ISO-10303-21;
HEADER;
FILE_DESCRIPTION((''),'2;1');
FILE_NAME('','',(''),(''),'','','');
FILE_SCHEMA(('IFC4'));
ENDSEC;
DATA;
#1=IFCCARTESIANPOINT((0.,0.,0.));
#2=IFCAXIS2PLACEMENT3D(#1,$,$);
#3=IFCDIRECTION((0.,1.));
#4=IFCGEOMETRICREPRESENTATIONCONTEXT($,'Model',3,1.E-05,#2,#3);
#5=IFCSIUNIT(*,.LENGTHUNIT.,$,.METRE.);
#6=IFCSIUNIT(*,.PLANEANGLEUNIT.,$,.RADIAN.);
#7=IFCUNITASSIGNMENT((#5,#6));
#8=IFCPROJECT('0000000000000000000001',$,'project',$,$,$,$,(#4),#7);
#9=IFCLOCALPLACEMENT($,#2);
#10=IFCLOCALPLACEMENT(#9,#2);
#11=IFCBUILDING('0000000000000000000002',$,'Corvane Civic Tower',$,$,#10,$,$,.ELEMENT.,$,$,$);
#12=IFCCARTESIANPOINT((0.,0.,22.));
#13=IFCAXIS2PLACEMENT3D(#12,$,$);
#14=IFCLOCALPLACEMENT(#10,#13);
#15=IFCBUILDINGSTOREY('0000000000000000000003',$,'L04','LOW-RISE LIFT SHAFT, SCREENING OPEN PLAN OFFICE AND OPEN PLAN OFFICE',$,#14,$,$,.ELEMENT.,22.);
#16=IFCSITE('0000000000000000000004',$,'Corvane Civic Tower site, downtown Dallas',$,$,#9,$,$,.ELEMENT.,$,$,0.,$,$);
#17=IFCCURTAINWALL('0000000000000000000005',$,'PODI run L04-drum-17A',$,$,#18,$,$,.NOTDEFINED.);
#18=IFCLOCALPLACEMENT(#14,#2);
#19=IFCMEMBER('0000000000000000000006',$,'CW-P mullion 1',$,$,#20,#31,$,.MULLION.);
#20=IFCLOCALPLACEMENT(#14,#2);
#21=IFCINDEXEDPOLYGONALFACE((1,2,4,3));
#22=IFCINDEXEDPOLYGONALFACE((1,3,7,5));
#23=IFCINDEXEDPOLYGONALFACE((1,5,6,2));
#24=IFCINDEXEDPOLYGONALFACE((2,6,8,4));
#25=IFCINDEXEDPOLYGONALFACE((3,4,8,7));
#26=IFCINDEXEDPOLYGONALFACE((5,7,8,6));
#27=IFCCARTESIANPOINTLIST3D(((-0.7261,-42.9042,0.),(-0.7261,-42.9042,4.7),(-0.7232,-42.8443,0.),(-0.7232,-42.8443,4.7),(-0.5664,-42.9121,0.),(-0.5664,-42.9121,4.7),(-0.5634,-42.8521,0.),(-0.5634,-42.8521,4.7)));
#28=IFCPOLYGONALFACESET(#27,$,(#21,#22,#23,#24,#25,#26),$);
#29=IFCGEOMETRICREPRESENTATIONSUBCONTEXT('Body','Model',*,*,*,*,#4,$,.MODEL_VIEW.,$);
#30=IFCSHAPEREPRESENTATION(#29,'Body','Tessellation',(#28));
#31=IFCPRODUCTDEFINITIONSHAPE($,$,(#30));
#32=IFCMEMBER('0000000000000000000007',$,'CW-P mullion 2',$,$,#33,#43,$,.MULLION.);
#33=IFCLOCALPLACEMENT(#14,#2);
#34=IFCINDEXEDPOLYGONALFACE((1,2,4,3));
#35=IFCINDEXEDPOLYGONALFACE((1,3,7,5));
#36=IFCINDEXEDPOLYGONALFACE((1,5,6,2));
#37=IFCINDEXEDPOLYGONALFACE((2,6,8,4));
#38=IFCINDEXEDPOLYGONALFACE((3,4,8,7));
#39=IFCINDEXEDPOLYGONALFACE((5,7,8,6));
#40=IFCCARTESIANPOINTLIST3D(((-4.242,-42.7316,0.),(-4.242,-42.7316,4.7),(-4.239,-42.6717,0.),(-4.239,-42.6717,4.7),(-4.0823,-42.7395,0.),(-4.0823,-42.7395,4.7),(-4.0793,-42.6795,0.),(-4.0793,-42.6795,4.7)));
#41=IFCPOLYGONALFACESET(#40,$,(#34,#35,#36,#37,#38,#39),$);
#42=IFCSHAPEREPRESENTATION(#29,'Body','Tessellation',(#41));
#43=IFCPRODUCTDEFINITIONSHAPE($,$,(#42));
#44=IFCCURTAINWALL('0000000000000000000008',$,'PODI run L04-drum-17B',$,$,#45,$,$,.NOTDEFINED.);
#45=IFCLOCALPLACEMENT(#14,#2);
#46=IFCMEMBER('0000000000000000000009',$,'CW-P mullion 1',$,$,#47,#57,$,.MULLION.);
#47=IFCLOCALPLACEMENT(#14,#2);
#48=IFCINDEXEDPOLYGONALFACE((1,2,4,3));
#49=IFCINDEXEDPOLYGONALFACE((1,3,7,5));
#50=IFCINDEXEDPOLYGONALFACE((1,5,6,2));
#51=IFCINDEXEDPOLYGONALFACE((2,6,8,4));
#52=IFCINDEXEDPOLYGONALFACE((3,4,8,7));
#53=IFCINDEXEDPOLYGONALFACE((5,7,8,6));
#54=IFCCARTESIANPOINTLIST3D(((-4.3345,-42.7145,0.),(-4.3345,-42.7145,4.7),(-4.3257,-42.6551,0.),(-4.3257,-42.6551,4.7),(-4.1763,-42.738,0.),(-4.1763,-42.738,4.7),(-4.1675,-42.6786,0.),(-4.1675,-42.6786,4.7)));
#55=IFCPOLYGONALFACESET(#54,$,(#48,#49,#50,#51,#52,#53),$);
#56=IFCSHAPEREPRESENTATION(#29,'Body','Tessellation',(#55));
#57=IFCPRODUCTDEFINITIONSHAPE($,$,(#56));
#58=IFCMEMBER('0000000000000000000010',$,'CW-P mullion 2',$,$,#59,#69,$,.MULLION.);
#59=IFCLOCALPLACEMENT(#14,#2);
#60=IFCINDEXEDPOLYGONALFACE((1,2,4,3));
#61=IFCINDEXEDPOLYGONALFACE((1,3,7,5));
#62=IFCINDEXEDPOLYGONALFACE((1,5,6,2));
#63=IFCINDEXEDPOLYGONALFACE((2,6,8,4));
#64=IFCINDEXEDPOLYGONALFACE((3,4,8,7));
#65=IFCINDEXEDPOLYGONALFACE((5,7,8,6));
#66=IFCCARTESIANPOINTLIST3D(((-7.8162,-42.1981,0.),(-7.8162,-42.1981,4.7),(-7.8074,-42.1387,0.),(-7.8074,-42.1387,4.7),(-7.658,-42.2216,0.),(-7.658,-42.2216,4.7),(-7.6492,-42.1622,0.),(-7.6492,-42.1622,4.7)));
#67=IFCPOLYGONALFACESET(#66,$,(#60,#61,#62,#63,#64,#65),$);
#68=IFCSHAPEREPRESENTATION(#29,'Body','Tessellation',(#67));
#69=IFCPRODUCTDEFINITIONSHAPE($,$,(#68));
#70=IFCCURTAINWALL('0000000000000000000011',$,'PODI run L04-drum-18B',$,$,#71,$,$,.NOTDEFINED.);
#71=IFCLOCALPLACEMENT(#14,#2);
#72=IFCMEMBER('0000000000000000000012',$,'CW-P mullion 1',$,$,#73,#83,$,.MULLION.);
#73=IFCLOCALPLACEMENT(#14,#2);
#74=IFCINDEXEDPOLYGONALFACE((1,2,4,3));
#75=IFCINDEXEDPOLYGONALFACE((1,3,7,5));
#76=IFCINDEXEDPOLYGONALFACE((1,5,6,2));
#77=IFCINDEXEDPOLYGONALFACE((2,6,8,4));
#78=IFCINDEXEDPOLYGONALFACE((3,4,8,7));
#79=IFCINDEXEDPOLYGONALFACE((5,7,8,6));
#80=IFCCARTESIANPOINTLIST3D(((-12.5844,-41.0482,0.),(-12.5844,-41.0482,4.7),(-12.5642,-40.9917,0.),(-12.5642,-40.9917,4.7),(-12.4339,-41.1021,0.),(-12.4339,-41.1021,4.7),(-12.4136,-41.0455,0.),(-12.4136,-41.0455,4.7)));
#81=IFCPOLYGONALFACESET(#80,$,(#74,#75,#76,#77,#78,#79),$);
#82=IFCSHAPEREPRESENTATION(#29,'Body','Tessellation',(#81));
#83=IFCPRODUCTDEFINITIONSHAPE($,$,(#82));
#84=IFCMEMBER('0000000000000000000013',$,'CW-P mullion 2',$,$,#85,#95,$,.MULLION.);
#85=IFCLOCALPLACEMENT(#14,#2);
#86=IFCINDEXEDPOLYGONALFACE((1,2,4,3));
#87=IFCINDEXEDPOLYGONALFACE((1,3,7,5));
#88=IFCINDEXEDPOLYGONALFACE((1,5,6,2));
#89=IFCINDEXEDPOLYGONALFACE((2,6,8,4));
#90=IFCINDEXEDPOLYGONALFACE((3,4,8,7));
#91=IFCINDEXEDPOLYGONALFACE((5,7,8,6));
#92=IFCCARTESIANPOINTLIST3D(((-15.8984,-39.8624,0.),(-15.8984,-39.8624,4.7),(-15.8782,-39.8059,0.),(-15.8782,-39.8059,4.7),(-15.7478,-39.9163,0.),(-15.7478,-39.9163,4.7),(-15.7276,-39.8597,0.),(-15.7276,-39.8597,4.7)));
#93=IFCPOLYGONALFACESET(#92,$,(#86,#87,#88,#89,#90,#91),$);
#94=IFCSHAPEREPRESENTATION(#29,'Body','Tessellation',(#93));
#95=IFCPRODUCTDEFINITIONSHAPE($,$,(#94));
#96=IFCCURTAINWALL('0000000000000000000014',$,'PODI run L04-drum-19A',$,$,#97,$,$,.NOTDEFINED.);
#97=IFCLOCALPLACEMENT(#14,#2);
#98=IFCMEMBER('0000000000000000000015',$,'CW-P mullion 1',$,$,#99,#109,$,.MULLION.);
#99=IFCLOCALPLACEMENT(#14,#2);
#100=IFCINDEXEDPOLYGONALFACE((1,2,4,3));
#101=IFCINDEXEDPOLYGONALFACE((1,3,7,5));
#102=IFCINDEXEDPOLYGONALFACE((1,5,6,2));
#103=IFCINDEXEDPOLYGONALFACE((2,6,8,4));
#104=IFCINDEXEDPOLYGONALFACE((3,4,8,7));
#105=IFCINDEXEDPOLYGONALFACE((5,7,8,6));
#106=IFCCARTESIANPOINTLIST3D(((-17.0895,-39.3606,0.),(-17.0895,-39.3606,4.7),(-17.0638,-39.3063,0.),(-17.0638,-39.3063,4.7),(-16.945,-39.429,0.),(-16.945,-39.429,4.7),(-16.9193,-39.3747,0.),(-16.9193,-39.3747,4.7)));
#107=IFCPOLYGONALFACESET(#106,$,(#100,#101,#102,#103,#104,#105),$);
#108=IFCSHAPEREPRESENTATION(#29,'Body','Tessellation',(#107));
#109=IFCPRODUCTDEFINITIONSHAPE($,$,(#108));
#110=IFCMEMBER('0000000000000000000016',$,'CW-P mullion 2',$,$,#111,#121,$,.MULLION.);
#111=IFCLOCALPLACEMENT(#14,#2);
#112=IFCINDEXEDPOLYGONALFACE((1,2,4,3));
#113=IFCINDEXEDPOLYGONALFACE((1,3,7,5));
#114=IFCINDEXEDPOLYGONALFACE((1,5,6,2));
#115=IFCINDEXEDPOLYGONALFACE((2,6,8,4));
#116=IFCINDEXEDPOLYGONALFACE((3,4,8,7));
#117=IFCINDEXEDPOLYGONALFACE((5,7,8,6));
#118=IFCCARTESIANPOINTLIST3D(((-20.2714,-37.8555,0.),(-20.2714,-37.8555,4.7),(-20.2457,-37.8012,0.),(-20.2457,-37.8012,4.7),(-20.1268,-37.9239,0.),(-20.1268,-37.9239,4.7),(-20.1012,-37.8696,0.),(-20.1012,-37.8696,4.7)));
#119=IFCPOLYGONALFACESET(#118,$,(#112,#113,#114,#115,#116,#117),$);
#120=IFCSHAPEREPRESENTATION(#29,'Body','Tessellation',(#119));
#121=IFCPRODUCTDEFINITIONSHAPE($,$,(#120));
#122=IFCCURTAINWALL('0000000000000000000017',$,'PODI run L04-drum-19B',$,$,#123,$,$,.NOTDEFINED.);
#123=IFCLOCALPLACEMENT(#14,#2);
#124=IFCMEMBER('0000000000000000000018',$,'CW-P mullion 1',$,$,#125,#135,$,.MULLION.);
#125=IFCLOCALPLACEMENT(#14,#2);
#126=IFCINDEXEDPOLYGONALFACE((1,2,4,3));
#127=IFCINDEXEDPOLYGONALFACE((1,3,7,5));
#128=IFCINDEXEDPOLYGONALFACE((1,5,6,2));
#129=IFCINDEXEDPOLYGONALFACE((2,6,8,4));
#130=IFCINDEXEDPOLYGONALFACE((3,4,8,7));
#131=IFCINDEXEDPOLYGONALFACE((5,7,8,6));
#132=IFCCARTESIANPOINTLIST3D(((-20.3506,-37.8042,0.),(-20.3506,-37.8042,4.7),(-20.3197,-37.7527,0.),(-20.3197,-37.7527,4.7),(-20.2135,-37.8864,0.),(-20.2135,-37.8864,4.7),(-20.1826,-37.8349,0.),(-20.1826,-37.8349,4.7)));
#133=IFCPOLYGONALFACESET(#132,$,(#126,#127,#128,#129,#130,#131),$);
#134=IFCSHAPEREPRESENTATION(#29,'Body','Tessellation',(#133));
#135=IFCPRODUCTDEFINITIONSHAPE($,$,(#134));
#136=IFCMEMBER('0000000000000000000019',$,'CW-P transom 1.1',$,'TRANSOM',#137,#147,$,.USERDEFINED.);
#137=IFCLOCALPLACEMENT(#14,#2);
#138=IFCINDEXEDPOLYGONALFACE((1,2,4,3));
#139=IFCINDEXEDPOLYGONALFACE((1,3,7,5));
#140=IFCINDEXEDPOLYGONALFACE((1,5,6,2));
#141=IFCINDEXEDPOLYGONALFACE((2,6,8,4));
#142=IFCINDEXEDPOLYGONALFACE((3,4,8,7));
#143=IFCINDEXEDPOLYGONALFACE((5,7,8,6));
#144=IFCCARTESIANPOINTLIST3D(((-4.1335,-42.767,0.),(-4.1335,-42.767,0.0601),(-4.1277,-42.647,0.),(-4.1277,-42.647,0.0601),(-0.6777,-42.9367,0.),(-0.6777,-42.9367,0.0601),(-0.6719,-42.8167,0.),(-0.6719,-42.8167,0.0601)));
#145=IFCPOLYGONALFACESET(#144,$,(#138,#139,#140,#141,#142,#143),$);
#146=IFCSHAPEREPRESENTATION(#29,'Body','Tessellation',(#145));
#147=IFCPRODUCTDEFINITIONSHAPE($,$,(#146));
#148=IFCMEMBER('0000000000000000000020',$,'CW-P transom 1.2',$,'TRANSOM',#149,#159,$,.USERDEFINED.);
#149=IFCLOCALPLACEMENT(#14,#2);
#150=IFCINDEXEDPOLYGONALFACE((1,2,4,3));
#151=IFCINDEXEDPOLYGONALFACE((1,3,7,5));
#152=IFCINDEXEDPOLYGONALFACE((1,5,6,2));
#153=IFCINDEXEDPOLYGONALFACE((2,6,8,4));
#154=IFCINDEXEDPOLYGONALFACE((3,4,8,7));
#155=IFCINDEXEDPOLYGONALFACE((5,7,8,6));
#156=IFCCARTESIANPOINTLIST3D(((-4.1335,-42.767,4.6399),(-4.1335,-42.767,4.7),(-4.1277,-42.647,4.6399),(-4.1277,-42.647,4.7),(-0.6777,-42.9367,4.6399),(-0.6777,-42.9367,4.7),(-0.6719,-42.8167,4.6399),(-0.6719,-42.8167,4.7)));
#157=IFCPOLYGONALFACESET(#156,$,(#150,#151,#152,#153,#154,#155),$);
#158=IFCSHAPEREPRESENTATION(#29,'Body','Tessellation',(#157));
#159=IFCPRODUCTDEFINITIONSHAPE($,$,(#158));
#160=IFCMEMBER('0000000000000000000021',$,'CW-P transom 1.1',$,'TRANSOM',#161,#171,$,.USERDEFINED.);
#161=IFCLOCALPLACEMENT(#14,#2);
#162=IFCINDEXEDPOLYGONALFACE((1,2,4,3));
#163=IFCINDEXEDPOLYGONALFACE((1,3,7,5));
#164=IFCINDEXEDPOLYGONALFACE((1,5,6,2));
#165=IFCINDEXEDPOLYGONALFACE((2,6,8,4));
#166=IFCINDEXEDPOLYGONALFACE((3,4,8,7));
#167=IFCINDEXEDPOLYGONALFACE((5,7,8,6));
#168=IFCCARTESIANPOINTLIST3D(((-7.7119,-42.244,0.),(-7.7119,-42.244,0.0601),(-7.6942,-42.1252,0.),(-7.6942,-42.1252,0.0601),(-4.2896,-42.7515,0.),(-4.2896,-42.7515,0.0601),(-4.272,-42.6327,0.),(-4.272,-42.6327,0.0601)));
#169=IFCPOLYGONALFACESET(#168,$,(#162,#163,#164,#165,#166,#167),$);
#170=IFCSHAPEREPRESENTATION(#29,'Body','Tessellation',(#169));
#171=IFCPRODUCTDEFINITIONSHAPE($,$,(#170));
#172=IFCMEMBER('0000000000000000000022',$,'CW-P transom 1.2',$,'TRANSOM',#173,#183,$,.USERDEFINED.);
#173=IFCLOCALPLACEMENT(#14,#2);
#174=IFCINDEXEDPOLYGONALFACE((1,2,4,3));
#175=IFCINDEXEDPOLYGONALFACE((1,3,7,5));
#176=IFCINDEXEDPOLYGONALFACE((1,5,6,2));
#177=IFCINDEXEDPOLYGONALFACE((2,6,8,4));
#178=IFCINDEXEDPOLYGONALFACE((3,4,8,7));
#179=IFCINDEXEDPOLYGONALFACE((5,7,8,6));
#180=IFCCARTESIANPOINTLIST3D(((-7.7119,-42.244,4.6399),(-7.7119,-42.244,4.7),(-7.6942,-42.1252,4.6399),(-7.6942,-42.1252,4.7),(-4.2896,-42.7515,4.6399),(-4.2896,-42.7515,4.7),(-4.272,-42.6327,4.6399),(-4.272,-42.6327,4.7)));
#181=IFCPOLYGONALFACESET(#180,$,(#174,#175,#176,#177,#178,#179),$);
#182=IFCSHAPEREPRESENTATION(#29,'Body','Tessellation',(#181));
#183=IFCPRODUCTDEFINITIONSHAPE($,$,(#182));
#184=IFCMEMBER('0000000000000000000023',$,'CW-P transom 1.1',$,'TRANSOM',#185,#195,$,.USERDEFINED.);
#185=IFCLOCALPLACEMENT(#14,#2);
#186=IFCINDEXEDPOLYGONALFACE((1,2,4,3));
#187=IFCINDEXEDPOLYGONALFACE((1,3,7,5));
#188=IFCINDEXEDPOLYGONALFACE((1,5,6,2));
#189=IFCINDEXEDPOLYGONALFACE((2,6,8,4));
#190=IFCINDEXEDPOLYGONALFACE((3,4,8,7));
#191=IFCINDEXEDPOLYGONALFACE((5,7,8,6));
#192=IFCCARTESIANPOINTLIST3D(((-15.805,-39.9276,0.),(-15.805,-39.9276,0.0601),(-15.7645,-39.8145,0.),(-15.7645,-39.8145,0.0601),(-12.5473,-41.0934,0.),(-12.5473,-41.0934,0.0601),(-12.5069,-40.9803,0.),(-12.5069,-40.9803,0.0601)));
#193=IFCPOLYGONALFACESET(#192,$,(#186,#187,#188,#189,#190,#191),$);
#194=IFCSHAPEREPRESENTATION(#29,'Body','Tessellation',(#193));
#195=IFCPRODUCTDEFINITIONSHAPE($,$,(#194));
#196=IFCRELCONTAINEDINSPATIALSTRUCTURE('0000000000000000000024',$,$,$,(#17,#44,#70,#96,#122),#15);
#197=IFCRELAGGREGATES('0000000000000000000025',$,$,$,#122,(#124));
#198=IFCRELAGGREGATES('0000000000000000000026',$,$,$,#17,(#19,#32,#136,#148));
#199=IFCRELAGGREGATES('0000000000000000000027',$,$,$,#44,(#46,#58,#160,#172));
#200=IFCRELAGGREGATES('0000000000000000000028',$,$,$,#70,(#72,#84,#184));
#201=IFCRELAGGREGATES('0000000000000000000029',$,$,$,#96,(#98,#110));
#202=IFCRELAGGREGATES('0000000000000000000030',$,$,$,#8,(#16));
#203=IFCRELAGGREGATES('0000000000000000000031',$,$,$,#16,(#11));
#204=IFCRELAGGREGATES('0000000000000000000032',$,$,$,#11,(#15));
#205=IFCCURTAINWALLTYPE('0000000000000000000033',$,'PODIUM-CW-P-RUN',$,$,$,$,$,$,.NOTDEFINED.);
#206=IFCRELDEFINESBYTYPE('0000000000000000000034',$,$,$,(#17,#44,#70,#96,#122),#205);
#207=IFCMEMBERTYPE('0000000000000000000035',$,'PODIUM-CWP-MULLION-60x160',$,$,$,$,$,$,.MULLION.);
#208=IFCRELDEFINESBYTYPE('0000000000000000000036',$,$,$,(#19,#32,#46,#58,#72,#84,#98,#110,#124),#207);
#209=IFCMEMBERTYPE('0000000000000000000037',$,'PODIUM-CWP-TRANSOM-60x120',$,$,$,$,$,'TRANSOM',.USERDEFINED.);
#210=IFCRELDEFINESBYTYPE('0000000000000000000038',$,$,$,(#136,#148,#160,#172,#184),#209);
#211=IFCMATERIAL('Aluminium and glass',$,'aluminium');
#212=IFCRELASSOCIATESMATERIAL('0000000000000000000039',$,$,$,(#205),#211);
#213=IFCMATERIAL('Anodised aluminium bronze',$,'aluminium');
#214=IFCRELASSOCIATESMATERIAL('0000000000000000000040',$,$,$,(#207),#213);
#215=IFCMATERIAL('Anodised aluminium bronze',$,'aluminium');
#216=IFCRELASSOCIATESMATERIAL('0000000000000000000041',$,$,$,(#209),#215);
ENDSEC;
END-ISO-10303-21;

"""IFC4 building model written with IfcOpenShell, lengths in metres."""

from ifc_helpers import new_model, si_unit, direction, frame, origin, origin_2d, place, context, subcontext, project, spatial, rectangle, extrude, material, material_profile, profile_set, type_object, element, aggregate, save


model = new_model("IFC4")

# Units and contexts
model_context = context("Model", 3, precision=1e-05, world=origin(), true_north=direction((0.0, 1.0)))
body_context = subcontext(model_context, "Body", "Model", "MODEL_VIEW")
ifc_project = project(units=[si_unit("LENGTHUNIT", "METRE"), si_unit("PLANEANGLEUNIT", "RADIAN")], contexts=[model_context])

# Site, building, storey
site_placement = place(None, origin())
site = spatial("IfcSite", under=ifc_project, at=site_placement, Name="Corvane Civic Tower site, downtown Dallas", CompositionType="ELEMENT", RefElevation=0.0)
building_placement = place(site_placement, origin())
building = spatial("IfcBuilding", under=site, at=building_placement, Name="Corvane Civic Tower", CompositionType="ELEMENT")
storey_placement = place(building_placement, frame((0.0, 0.0, 22.0)))
storey = spatial("IfcBuildingStorey", under=building, at=storey_placement, Name="L04", Description="LOW-RISE LIFT SHAFT, SCREENING OPEN PLAN OFFICE AND OPEN PLAN OFFICE", CompositionType="ELEMENT", Elevation=22.0)

# Curtain walls, members
ifc_material_1 = material(Name="Aluminium and glass", Category="aluminium")
curtain_wall_type = type_object("IfcCurtainWallType", Name="PODIUM-CW-P-RUN", PredefinedType="NOTDEFINED", material=ifc_material_1)
curtain_wall_1_placement = place(storey_placement, origin())
curtain_wall_1 = element("IfcCurtainWall", 1, at=curtain_wall_1_placement, inside=storey, type_object=curtain_wall_type, Name="PODI run L04-drum-17A", PredefinedType="NOTDEFINED")
ifc_material_2 = material(Name="Anodised aluminium bronze", Category="aluminium")
ifc_material_profile_1 = material_profile(ifc_material_2, rectangle(XDim=0.0601, YDim=0.1599, at=origin_2d()), Name="AL 60x160")
ifc_profile_set_1 = profile_set([ifc_material_profile_1], Name="Anodised aluminium bronze")
member_type_1 = type_object("IfcMemberType", Name="PODIUM-CWP-MULLION-60x160", PredefinedType="MULLION", material=ifc_profile_set_1)
member_1_placement = place(storey_placement, frame((-0.6448, -42.8782, 0.0), z_axis=(0.0, 0.0, 1.0), x_axis=(-0.04905, -0.998796, 0.0)))
member_1 = element("IfcMember", 2, at=member_1_placement, type_object=member_type_1, Name="CW-P mullion 1", PredefinedType="MULLION", context=body_context, shape_type="SweptSolid", body=[
    extrude(rectangle(XDim=0.0601, YDim=0.1599, at=origin_2d()), origin(), (0.0, 0.0, 1.0), 4.7),
])
member_2_placement = place(storey_placement, frame((-4.1606, -42.7056, 0.0), z_axis=(0.0, 0.0, 1.0), x_axis=(-0.04905, -0.998796, 0.0)))
member_2 = element("IfcMember", 3, at=member_2_placement, type_object=member_type_1, Name="CW-P mullion 2", PredefinedType="MULLION", context=body_context, shape_type="SweptSolid", body=[
    extrude(rectangle(XDim=0.0601, YDim=0.1599, at=origin_2d()), origin(), (0.0, 0.0, 1.0), 4.7),
])
curtain_wall_2_placement = place(storey_placement, origin())
curtain_wall_2 = element("IfcCurtainWall", 4, at=curtain_wall_2_placement, inside=storey, type_object=curtain_wall_type, Name="PODI run L04-drum-17B", PredefinedType="NOTDEFINED")
member_3_placement = place(storey_placement, frame((-4.251, -42.6965, 0.0), z_axis=(0.0, 0.0, 1.0), x_axis=(-0.146715, -0.989179, 0.0)))
member_3 = element("IfcMember", 5, at=member_3_placement, type_object=member_type_1, Name="CW-P mullion 1", PredefinedType="MULLION", context=body_context, shape_type="SweptSolid", body=[
    extrude(rectangle(XDim=0.0601, YDim=0.1599, at=origin_2d()), origin(), (0.0, 0.0, 1.0), 4.7),
])
member_4_placement = place(storey_placement, frame((-7.7327, -42.1802, 0.0), z_axis=(0.0, 0.0, 1.0), x_axis=(-0.146715, -0.989179, 0.0)))
member_4 = element("IfcMember", 6, at=member_4_placement, type_object=member_type_1, Name="CW-P mullion 2", PredefinedType="MULLION", context=body_context, shape_type="SweptSolid", body=[
    extrude(rectangle(XDim=0.0601, YDim=0.1599, at=origin_2d()), origin(), (0.0, 0.0, 1.0), 4.7),
])
curtain_wall_3_placement = place(storey_placement, origin())
curtain_wall_3 = element("IfcCurtainWall", 7, at=curtain_wall_3_placement, inside=storey, type_object=curtain_wall_type, Name="PODI run L04-drum-18B", PredefinedType="NOTDEFINED")
member_5_placement = place(storey_placement, frame((-12.499, -41.0469, 0.0), z_axis=(0.0, 0.0, 1.0), x_axis=(-0.336919, -0.941534, 0.0)))
member_5 = element("IfcMember", 8, at=member_5_placement, type_object=member_type_1, Name="CW-P mullion 1", PredefinedType="MULLION", context=body_context, shape_type="SweptSolid", body=[
    extrude(rectangle(XDim=0.0601, YDim=0.1599, at=origin_2d()), origin(), (0.0, 0.0, 1.0), 4.7),
])
member_6_placement = place(storey_placement, frame((-15.813, -39.8611, 0.0), z_axis=(0.0, 0.0, 1.0), x_axis=(-0.336919, -0.941534, 0.0)))
member_6 = element("IfcMember", 9, at=member_6_placement, type_object=member_type_1, Name="CW-P mullion 2", PredefinedType="MULLION", context=body_context, shape_type="SweptSolid", body=[
    extrude(rectangle(XDim=0.0601, YDim=0.1599, at=origin_2d()), origin(), (0.0, 0.0, 1.0), 4.7),
])
curtain_wall_4_placement = place(storey_placement, origin())
curtain_wall_4 = element("IfcCurtainWall", 10, at=curtain_wall_4_placement, inside=storey, type_object=curtain_wall_type, Name="PODI run L04-drum-19A", PredefinedType="NOTDEFINED")
member_7_placement = place(storey_placement, frame((-17.0044, -39.3677, 0.0), z_axis=(0.0, 0.0, 1.0), x_axis=(-0.427553, -0.90399, 0.0)))
member_7 = element("IfcMember", 11, at=member_7_placement, type_object=member_type_1, Name="CW-P mullion 1", PredefinedType="MULLION", context=body_context, shape_type="SweptSolid", body=[
    extrude(rectangle(XDim=0.0601, YDim=0.1599, at=origin_2d()), origin(), (0.0, 0.0, 1.0), 4.7),
])
member_8_placement = place(storey_placement, frame((-20.1863, -37.8625, 0.0), z_axis=(0.0, 0.0, 1.0), x_axis=(-0.427553, -0.90399, 0.0)))
member_8 = element("IfcMember", 12, at=member_8_placement, type_object=member_type_1, Name="CW-P mullion 2", PredefinedType="MULLION", context=body_context, shape_type="SweptSolid", body=[
    extrude(rectangle(XDim=0.0601, YDim=0.1599, at=origin_2d()), origin(), (0.0, 0.0, 1.0), 4.7),
])

# Curtain wall, member
curtain_wall_5_placement = place(storey_placement, origin())
curtain_wall_5 = element("IfcCurtainWall", 13, at=curtain_wall_5_placement, inside=storey, type_object=curtain_wall_type, Name="PODI run L04-drum-19B", PredefinedType="NOTDEFINED")
member_9_placement = place(storey_placement, frame((-20.2666, -37.8196, 0.0), z_axis=(0.0, 0.0, 1.0), x_axis=(-0.514118, -0.85772, 0.0)))
member_9 = element("IfcMember", 14, at=member_9_placement, type_object=member_type_1, Name="CW-P mullion 1", PredefinedType="MULLION", context=body_context, shape_type="SweptSolid", body=[
    extrude(rectangle(XDim=0.0601, YDim=0.1599, at=origin_2d()), origin(), (0.0, 0.0, 1.0), 4.7),
])

# Members
ifc_material_3 = material(Name="Anodised aluminium bronze", Category="aluminium")
ifc_material_profile_2 = material_profile(ifc_material_3, rectangle(XDim=0.1201, YDim=0.0601, at=origin_2d()), Name="AL 120x60")
ifc_profile_set_2 = profile_set([ifc_material_profile_2], Name="Anodised aluminium bronze")
member_type_2 = type_object("IfcMemberType", Name="PODIUM-CWP-TRANSOM-60x120", ElementType="TRANSOM", PredefinedType="USERDEFINED", material=ifc_profile_set_2)
member_10_placement = place(storey_placement, frame((-0.6748, -42.8767, 0.03), z_axis=(-0.998797, 0.04904, 0.0), x_axis=(-0.04904, -0.998797, 0.0)))
member_10 = element("IfcMember", 15, at=member_10_placement, type_object=member_type_2, Name="CW-P transom 1.1", ObjectType="TRANSOM", PredefinedType="USERDEFINED", context=body_context, shape_type="SweptSolid", body=[
    extrude(rectangle(XDim=0.1201, YDim=0.0601, at=origin_2d()), origin(), (0.0, 0.0, 1.0), 3.46),
])
member_11_placement = place(storey_placement, frame((-0.6748, -42.8767, 4.6699), z_axis=(-0.998797, 0.04904, 0.0), x_axis=(-0.04904, -0.998797, 0.0)))
member_11 = element("IfcMember", 16, at=member_11_placement, type_object=member_type_2, Name="CW-P transom 1.2", ObjectType="TRANSOM", PredefinedType="USERDEFINED", context=body_context, shape_type="SweptSolid", body=[
    extrude(rectangle(XDim=0.1201, YDim=0.0601, at=origin_2d()), origin(), (0.0, 0.0, 1.0), 3.46),
])
member_12_placement = place(storey_placement, frame((-4.2808, -42.6921, 0.03), z_axis=(-0.98918, 0.146705, 0.0), x_axis=(-0.146705, -0.98918, 0.0)))
member_12 = element("IfcMember", 17, at=member_12_placement, type_object=member_type_2, Name="CW-P transom 1.1", ObjectType="TRANSOM", PredefinedType="USERDEFINED", context=body_context, shape_type="SweptSolid", body=[
    extrude(rectangle(XDim=0.1201, YDim=0.0601, at=origin_2d()), origin(), (0.0, 0.0, 1.0), 3.4597),
])
member_13_placement = place(storey_placement, frame((-4.2808, -42.6921, 4.6699), z_axis=(-0.98918, 0.146705, 0.0), x_axis=(-0.146705, -0.98918, 0.0)))
member_13 = element("IfcMember", 18, at=member_13_placement, type_object=member_type_2, Name="CW-P transom 1.2", ObjectType="TRANSOM", PredefinedType="USERDEFINED", context=body_context, shape_type="SweptSolid", body=[
    extrude(rectangle(XDim=0.1201, YDim=0.0601, at=origin_2d()), origin(), (0.0, 0.0, 1.0), 3.4597),
])
member_14_placement = place(storey_placement, frame((-12.5271, -41.0369, 0.03), z_axis=(-0.941526, 0.33694, 0.0), x_axis=(-0.33694, -0.941526, 0.0)))
member_14 = element("IfcMember", 19, at=member_14_placement, type_object=member_type_2, Name="CW-P transom 1.1", ObjectType="TRANSOM", PredefinedType="USERDEFINED", context=body_context, shape_type="SweptSolid", body=[
    extrude(rectangle(XDim=0.1201, YDim=0.0601, at=origin_2d()), origin(), (0.0, 0.0, 1.0), 3.46),
])
aggregate(curtain_wall_5, [member_9])

aggregate(curtain_wall_1, [member_1, member_2, member_10, member_11])
aggregate(curtain_wall_2, [member_3, member_4, member_12, member_13])
aggregate(curtain_wall_3, [member_5, member_6, member_14])
aggregate(curtain_wall_4, [member_7, member_8])

save(model, "model.ifc")
